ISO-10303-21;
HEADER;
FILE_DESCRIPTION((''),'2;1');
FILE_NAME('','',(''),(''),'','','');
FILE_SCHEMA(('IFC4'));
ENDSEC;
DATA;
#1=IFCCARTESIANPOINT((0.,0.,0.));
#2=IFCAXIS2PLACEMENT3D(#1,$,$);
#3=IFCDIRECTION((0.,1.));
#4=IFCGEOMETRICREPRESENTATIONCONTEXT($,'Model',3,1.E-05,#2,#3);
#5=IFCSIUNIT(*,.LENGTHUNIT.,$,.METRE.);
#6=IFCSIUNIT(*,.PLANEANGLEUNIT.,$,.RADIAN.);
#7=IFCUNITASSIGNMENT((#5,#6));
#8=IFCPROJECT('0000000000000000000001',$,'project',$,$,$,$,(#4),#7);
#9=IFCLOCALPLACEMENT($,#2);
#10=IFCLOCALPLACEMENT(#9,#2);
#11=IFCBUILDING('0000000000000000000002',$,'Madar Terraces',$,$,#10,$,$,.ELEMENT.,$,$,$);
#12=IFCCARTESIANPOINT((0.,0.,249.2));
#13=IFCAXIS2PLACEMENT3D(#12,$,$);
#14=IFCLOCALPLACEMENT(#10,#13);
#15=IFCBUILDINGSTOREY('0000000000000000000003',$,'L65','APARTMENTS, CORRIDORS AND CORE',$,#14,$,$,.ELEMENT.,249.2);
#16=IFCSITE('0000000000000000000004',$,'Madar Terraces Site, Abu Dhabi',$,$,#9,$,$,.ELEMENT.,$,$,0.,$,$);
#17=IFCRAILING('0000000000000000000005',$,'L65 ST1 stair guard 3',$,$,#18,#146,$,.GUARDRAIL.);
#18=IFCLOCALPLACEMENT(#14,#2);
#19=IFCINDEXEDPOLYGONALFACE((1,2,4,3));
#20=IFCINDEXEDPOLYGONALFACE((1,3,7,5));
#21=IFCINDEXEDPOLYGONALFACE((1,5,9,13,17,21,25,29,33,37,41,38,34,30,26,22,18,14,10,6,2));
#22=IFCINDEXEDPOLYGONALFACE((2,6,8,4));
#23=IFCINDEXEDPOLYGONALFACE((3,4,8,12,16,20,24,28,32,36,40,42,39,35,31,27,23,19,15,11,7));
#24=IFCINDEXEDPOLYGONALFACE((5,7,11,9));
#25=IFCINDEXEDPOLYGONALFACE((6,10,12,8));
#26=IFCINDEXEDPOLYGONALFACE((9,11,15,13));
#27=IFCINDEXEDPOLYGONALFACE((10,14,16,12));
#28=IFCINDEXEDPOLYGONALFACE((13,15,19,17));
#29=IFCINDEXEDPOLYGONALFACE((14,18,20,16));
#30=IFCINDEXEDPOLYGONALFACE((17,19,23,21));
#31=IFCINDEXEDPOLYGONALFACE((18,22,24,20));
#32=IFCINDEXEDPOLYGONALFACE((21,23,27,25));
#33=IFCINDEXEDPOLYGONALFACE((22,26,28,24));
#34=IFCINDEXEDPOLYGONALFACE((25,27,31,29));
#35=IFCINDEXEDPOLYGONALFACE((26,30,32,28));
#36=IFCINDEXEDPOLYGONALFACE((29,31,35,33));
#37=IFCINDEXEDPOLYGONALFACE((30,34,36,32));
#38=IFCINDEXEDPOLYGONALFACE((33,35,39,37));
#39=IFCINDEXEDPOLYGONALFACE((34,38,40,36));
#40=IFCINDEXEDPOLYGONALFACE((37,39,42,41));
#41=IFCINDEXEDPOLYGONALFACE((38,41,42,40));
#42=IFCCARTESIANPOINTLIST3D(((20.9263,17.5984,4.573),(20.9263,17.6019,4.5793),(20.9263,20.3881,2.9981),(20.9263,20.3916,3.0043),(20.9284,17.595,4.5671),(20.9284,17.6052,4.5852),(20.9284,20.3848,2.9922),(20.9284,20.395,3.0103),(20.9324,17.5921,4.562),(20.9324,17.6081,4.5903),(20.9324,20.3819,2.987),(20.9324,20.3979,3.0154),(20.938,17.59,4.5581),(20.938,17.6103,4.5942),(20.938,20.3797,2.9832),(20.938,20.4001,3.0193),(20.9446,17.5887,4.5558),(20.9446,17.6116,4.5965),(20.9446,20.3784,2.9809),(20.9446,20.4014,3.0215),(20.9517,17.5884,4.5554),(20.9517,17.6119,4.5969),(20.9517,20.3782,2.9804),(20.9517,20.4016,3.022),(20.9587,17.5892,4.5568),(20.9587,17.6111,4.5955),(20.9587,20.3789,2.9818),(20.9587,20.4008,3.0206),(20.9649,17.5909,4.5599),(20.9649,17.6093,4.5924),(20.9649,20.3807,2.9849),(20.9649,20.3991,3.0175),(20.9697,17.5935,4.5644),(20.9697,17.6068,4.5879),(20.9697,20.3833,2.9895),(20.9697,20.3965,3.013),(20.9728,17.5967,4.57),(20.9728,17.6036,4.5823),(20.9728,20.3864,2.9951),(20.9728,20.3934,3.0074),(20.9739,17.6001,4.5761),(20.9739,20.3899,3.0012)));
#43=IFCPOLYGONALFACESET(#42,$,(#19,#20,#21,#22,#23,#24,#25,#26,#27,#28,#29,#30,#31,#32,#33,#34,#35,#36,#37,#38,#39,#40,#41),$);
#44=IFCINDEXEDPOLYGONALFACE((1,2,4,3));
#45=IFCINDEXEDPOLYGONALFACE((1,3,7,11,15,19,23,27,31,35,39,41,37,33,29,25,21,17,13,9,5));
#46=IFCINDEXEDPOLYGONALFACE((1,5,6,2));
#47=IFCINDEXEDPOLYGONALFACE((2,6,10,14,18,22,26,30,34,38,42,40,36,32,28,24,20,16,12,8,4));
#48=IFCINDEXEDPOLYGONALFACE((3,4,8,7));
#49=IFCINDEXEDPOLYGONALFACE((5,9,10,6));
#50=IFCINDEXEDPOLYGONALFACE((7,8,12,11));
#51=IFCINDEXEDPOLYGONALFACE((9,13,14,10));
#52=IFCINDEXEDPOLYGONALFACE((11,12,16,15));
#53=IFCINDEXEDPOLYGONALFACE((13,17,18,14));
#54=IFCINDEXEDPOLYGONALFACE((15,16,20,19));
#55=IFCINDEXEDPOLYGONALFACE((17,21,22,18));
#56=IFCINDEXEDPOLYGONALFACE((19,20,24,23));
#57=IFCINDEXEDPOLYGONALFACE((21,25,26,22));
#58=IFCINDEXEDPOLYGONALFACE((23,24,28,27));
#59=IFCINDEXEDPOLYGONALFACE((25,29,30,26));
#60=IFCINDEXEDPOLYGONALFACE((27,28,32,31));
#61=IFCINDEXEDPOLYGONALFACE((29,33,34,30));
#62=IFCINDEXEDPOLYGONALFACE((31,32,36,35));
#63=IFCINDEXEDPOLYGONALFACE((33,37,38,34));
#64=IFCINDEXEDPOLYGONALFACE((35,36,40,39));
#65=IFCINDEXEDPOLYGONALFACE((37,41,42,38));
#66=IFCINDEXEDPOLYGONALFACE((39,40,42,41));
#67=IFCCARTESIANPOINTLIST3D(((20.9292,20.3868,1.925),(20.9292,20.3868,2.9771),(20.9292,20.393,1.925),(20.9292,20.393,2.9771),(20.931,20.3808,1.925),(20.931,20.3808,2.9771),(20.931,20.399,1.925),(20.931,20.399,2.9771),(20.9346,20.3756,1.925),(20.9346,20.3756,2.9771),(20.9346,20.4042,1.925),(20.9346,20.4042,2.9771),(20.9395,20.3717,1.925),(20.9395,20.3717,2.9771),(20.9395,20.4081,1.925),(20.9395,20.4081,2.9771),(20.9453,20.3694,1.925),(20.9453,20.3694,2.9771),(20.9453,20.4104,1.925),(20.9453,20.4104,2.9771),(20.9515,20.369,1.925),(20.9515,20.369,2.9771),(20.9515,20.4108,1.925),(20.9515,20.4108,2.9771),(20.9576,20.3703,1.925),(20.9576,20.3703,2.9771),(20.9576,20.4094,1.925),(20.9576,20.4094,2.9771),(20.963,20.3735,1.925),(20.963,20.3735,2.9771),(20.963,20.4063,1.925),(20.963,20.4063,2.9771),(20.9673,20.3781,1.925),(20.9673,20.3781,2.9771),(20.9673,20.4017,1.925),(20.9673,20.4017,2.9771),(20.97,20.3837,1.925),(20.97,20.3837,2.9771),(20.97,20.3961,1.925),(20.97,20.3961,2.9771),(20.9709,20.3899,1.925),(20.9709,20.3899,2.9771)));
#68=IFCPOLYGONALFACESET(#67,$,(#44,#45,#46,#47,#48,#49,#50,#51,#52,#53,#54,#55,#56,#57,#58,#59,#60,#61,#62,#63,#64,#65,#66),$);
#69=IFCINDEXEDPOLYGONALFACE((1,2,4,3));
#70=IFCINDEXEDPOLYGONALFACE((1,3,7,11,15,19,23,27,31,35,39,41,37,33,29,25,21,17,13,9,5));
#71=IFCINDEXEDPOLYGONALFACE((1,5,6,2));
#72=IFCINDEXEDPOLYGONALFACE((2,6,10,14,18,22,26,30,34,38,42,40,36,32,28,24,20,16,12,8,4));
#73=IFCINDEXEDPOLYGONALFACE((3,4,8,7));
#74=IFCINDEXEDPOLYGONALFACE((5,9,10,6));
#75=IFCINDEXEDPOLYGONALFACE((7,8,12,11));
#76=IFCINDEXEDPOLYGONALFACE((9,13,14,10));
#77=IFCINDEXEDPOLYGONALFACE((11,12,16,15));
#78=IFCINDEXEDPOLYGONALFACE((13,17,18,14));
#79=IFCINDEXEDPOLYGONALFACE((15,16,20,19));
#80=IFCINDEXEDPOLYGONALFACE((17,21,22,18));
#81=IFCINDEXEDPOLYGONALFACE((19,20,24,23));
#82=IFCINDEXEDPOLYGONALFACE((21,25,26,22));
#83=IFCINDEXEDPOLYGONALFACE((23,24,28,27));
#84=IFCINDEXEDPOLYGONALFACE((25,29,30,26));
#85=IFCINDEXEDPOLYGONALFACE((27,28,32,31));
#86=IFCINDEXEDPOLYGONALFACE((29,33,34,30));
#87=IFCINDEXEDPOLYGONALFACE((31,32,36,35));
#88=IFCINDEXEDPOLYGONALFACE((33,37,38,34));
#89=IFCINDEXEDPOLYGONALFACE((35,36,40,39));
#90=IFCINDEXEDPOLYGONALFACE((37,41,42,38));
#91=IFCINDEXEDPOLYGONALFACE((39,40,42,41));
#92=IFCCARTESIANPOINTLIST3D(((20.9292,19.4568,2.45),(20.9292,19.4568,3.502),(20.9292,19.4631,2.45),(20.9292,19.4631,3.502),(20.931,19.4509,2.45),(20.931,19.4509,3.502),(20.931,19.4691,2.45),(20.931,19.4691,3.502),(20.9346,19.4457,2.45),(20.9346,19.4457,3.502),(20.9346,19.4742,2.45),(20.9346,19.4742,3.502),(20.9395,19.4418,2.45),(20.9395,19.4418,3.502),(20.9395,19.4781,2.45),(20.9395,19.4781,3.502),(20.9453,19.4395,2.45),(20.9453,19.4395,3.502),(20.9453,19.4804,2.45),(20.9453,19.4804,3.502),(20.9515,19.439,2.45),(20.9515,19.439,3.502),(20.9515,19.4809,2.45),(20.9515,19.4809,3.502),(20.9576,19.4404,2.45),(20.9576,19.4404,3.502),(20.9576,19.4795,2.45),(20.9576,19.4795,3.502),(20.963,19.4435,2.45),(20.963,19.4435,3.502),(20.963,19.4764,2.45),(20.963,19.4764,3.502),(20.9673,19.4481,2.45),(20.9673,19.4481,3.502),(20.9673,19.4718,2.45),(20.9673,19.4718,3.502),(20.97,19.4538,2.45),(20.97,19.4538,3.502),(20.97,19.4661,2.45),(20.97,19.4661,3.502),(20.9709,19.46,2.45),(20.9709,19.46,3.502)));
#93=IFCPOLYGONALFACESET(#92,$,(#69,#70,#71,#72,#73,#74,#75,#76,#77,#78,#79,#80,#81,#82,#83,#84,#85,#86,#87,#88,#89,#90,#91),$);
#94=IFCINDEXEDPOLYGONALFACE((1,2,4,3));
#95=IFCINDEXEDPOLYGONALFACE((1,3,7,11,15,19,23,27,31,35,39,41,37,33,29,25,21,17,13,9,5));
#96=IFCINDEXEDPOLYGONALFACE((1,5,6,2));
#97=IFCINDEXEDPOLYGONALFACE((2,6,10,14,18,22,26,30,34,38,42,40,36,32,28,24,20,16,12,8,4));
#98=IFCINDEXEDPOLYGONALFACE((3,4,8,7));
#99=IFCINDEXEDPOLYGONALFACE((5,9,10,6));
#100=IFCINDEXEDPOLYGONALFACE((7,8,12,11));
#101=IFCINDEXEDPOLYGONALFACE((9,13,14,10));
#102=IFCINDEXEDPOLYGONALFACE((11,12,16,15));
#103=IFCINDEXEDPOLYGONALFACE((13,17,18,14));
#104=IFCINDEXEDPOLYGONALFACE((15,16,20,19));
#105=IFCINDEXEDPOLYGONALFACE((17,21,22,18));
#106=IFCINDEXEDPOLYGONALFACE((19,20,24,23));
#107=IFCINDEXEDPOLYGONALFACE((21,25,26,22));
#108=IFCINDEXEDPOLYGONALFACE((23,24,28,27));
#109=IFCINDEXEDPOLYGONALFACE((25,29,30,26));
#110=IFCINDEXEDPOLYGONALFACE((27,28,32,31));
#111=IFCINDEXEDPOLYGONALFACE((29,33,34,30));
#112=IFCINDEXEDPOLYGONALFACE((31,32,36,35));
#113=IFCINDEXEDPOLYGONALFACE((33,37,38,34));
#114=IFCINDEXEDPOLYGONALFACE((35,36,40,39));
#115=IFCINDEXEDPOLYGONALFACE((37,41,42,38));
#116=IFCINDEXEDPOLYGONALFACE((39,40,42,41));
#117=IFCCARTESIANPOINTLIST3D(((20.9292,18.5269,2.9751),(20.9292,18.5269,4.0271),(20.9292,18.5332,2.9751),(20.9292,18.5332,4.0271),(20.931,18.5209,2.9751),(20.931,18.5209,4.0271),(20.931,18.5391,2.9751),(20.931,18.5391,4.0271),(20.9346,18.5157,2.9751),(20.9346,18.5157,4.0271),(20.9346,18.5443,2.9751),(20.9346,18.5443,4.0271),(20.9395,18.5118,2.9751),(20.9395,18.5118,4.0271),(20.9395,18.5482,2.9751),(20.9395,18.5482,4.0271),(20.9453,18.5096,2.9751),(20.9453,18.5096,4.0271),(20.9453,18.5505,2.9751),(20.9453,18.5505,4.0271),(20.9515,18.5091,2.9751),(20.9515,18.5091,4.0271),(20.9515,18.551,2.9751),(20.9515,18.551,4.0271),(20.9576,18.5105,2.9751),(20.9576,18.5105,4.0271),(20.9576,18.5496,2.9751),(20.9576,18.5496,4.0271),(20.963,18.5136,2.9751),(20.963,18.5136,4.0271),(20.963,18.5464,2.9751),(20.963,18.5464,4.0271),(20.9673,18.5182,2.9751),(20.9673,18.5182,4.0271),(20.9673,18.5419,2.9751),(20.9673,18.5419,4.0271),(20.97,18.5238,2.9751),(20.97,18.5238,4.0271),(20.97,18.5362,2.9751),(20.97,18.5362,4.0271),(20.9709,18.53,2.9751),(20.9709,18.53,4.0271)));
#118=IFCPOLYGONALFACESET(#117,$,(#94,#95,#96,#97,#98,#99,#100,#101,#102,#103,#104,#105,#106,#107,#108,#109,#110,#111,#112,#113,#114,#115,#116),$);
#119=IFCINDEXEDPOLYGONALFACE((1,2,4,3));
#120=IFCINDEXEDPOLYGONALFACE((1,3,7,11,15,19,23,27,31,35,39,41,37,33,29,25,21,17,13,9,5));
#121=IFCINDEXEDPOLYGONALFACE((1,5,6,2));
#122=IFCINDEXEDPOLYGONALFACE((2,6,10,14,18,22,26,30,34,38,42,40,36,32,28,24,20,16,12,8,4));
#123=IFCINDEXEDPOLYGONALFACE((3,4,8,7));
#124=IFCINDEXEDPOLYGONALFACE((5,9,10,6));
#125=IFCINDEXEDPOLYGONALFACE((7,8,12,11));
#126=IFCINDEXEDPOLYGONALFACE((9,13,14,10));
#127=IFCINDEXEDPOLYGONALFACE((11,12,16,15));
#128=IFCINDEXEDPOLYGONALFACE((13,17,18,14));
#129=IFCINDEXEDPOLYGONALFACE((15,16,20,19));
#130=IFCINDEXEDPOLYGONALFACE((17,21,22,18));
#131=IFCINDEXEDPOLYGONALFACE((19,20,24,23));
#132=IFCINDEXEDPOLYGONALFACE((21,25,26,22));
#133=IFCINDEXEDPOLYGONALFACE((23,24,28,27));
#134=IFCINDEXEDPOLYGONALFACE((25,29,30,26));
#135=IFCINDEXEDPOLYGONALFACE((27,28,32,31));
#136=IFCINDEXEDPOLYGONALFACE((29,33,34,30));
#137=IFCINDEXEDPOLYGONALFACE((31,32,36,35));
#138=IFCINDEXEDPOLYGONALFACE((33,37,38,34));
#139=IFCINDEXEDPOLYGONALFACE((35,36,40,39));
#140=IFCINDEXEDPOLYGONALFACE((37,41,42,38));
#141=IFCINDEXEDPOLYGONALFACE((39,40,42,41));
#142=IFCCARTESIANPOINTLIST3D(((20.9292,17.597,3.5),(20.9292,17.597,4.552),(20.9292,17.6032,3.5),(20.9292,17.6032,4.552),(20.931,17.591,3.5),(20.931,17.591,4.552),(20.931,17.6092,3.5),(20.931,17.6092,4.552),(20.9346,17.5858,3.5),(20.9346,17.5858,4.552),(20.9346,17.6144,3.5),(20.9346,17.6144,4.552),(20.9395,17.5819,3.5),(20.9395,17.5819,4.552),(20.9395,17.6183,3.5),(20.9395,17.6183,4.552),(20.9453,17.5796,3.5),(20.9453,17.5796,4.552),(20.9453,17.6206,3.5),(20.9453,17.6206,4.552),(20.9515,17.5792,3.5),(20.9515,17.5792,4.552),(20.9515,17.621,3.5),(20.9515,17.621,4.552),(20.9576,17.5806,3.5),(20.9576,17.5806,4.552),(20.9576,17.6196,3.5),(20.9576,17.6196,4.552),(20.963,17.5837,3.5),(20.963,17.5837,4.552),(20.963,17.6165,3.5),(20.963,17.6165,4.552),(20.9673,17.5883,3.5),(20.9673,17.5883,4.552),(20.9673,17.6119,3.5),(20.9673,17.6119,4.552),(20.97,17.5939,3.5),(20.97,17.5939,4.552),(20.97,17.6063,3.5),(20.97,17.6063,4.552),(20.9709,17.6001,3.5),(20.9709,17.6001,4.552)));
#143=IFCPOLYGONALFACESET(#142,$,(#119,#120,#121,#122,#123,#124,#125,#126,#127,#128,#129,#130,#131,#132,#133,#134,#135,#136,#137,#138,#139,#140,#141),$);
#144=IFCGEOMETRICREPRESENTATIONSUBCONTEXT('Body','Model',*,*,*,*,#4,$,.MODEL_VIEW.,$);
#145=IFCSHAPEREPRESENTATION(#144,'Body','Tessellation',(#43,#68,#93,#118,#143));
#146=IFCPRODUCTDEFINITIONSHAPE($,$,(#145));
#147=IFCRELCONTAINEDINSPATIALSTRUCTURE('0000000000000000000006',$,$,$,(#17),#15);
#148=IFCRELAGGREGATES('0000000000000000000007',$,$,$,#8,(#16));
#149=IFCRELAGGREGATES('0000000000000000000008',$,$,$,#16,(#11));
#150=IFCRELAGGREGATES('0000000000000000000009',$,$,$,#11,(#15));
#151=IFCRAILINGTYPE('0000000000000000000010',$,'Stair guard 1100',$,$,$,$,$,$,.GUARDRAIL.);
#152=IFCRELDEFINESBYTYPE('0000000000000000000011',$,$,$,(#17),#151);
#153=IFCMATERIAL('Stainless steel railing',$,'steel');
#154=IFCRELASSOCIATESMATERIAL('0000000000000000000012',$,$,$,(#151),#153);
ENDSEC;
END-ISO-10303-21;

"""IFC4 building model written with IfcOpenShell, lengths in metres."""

from ifc_helpers import new_model, si_unit, direction, frame, origin, origin_2d, place, context, subcontext, project, spatial, circle, extrude, material, type_object, element, save


model = new_model("IFC4")

# Units and contexts
model_context = context("Model", 3, precision=1e-05, world=origin(), true_north=direction((0.0, 1.0)))
body_context = subcontext(model_context, "Body", "Model", "MODEL_VIEW")
ifc_project = project(units=[si_unit("LENGTHUNIT", "METRE"), si_unit("PLANEANGLEUNIT", "RADIAN")], contexts=[model_context])

# Site, building, storey
site_placement = place(None, origin())
site = spatial("IfcSite", under=ifc_project, at=site_placement, Name="Madar Terraces Site, Abu Dhabi", CompositionType="ELEMENT", RefElevation=0.0)
building_placement = place(site_placement, origin())
building = spatial("IfcBuilding", under=site, at=building_placement, Name="Madar Terraces", CompositionType="ELEMENT")
storey_placement = place(building_placement, frame((0.0, 0.0, 249.2)))
storey = spatial("IfcBuildingStorey", under=building, at=storey_placement, Name="L65", Description="APARTMENTS, CORRIDORS AND CORE", CompositionType="ELEMENT", Elevation=249.2)

# Railing
ifc_material_1 = material(Name="Stainless steel railing", Category="steel")
railing_type_1 = type_object("IfcRailingType", Name="Stair guard 1100", PredefinedType="GUARDRAIL", material=ifc_material_1)
railing_1_placement = place(storey_placement, frame((20.95, 20.3899, 1.925)))
element("IfcRailing", 1, at=railing_1_placement, inside=storey, type_object=railing_type_1, Name="L65 ST1 stair guard 3", PredefinedType="GUARDRAIL", context=body_context, shape_type="SweptSolid", body=[
    extrude(circle(Radius=0.0239, at=origin_2d()), frame((0.0, 0.0, 1.0762), z_axis=(0.0, -0.870815, 0.49161), x_axis=(1.0, 0.0, 0.0)), (0.0, 0.0, 1.0), 3.2036),
    extrude(circle(Radius=0.021, at=origin_2d()), origin(), (0.0, 0.0, 1.0), 1.052),
    extrude(circle(Radius=0.021, at=origin_2d()), frame((0.0, -0.9299, 0.5249)), (0.0, 0.0, 1.0), 1.052),
    extrude(circle(Radius=0.021, at=origin_2d()), frame((0.0, -1.8599, 1.05)), (0.0, 0.0, 1.0), 1.052),
    extrude(circle(Radius=0.021, at=origin_2d()), frame((0.0, -2.7898, 1.575)), (0.0, 0.0, 1.0), 1.052),
])

save(model, "model.ifc")
